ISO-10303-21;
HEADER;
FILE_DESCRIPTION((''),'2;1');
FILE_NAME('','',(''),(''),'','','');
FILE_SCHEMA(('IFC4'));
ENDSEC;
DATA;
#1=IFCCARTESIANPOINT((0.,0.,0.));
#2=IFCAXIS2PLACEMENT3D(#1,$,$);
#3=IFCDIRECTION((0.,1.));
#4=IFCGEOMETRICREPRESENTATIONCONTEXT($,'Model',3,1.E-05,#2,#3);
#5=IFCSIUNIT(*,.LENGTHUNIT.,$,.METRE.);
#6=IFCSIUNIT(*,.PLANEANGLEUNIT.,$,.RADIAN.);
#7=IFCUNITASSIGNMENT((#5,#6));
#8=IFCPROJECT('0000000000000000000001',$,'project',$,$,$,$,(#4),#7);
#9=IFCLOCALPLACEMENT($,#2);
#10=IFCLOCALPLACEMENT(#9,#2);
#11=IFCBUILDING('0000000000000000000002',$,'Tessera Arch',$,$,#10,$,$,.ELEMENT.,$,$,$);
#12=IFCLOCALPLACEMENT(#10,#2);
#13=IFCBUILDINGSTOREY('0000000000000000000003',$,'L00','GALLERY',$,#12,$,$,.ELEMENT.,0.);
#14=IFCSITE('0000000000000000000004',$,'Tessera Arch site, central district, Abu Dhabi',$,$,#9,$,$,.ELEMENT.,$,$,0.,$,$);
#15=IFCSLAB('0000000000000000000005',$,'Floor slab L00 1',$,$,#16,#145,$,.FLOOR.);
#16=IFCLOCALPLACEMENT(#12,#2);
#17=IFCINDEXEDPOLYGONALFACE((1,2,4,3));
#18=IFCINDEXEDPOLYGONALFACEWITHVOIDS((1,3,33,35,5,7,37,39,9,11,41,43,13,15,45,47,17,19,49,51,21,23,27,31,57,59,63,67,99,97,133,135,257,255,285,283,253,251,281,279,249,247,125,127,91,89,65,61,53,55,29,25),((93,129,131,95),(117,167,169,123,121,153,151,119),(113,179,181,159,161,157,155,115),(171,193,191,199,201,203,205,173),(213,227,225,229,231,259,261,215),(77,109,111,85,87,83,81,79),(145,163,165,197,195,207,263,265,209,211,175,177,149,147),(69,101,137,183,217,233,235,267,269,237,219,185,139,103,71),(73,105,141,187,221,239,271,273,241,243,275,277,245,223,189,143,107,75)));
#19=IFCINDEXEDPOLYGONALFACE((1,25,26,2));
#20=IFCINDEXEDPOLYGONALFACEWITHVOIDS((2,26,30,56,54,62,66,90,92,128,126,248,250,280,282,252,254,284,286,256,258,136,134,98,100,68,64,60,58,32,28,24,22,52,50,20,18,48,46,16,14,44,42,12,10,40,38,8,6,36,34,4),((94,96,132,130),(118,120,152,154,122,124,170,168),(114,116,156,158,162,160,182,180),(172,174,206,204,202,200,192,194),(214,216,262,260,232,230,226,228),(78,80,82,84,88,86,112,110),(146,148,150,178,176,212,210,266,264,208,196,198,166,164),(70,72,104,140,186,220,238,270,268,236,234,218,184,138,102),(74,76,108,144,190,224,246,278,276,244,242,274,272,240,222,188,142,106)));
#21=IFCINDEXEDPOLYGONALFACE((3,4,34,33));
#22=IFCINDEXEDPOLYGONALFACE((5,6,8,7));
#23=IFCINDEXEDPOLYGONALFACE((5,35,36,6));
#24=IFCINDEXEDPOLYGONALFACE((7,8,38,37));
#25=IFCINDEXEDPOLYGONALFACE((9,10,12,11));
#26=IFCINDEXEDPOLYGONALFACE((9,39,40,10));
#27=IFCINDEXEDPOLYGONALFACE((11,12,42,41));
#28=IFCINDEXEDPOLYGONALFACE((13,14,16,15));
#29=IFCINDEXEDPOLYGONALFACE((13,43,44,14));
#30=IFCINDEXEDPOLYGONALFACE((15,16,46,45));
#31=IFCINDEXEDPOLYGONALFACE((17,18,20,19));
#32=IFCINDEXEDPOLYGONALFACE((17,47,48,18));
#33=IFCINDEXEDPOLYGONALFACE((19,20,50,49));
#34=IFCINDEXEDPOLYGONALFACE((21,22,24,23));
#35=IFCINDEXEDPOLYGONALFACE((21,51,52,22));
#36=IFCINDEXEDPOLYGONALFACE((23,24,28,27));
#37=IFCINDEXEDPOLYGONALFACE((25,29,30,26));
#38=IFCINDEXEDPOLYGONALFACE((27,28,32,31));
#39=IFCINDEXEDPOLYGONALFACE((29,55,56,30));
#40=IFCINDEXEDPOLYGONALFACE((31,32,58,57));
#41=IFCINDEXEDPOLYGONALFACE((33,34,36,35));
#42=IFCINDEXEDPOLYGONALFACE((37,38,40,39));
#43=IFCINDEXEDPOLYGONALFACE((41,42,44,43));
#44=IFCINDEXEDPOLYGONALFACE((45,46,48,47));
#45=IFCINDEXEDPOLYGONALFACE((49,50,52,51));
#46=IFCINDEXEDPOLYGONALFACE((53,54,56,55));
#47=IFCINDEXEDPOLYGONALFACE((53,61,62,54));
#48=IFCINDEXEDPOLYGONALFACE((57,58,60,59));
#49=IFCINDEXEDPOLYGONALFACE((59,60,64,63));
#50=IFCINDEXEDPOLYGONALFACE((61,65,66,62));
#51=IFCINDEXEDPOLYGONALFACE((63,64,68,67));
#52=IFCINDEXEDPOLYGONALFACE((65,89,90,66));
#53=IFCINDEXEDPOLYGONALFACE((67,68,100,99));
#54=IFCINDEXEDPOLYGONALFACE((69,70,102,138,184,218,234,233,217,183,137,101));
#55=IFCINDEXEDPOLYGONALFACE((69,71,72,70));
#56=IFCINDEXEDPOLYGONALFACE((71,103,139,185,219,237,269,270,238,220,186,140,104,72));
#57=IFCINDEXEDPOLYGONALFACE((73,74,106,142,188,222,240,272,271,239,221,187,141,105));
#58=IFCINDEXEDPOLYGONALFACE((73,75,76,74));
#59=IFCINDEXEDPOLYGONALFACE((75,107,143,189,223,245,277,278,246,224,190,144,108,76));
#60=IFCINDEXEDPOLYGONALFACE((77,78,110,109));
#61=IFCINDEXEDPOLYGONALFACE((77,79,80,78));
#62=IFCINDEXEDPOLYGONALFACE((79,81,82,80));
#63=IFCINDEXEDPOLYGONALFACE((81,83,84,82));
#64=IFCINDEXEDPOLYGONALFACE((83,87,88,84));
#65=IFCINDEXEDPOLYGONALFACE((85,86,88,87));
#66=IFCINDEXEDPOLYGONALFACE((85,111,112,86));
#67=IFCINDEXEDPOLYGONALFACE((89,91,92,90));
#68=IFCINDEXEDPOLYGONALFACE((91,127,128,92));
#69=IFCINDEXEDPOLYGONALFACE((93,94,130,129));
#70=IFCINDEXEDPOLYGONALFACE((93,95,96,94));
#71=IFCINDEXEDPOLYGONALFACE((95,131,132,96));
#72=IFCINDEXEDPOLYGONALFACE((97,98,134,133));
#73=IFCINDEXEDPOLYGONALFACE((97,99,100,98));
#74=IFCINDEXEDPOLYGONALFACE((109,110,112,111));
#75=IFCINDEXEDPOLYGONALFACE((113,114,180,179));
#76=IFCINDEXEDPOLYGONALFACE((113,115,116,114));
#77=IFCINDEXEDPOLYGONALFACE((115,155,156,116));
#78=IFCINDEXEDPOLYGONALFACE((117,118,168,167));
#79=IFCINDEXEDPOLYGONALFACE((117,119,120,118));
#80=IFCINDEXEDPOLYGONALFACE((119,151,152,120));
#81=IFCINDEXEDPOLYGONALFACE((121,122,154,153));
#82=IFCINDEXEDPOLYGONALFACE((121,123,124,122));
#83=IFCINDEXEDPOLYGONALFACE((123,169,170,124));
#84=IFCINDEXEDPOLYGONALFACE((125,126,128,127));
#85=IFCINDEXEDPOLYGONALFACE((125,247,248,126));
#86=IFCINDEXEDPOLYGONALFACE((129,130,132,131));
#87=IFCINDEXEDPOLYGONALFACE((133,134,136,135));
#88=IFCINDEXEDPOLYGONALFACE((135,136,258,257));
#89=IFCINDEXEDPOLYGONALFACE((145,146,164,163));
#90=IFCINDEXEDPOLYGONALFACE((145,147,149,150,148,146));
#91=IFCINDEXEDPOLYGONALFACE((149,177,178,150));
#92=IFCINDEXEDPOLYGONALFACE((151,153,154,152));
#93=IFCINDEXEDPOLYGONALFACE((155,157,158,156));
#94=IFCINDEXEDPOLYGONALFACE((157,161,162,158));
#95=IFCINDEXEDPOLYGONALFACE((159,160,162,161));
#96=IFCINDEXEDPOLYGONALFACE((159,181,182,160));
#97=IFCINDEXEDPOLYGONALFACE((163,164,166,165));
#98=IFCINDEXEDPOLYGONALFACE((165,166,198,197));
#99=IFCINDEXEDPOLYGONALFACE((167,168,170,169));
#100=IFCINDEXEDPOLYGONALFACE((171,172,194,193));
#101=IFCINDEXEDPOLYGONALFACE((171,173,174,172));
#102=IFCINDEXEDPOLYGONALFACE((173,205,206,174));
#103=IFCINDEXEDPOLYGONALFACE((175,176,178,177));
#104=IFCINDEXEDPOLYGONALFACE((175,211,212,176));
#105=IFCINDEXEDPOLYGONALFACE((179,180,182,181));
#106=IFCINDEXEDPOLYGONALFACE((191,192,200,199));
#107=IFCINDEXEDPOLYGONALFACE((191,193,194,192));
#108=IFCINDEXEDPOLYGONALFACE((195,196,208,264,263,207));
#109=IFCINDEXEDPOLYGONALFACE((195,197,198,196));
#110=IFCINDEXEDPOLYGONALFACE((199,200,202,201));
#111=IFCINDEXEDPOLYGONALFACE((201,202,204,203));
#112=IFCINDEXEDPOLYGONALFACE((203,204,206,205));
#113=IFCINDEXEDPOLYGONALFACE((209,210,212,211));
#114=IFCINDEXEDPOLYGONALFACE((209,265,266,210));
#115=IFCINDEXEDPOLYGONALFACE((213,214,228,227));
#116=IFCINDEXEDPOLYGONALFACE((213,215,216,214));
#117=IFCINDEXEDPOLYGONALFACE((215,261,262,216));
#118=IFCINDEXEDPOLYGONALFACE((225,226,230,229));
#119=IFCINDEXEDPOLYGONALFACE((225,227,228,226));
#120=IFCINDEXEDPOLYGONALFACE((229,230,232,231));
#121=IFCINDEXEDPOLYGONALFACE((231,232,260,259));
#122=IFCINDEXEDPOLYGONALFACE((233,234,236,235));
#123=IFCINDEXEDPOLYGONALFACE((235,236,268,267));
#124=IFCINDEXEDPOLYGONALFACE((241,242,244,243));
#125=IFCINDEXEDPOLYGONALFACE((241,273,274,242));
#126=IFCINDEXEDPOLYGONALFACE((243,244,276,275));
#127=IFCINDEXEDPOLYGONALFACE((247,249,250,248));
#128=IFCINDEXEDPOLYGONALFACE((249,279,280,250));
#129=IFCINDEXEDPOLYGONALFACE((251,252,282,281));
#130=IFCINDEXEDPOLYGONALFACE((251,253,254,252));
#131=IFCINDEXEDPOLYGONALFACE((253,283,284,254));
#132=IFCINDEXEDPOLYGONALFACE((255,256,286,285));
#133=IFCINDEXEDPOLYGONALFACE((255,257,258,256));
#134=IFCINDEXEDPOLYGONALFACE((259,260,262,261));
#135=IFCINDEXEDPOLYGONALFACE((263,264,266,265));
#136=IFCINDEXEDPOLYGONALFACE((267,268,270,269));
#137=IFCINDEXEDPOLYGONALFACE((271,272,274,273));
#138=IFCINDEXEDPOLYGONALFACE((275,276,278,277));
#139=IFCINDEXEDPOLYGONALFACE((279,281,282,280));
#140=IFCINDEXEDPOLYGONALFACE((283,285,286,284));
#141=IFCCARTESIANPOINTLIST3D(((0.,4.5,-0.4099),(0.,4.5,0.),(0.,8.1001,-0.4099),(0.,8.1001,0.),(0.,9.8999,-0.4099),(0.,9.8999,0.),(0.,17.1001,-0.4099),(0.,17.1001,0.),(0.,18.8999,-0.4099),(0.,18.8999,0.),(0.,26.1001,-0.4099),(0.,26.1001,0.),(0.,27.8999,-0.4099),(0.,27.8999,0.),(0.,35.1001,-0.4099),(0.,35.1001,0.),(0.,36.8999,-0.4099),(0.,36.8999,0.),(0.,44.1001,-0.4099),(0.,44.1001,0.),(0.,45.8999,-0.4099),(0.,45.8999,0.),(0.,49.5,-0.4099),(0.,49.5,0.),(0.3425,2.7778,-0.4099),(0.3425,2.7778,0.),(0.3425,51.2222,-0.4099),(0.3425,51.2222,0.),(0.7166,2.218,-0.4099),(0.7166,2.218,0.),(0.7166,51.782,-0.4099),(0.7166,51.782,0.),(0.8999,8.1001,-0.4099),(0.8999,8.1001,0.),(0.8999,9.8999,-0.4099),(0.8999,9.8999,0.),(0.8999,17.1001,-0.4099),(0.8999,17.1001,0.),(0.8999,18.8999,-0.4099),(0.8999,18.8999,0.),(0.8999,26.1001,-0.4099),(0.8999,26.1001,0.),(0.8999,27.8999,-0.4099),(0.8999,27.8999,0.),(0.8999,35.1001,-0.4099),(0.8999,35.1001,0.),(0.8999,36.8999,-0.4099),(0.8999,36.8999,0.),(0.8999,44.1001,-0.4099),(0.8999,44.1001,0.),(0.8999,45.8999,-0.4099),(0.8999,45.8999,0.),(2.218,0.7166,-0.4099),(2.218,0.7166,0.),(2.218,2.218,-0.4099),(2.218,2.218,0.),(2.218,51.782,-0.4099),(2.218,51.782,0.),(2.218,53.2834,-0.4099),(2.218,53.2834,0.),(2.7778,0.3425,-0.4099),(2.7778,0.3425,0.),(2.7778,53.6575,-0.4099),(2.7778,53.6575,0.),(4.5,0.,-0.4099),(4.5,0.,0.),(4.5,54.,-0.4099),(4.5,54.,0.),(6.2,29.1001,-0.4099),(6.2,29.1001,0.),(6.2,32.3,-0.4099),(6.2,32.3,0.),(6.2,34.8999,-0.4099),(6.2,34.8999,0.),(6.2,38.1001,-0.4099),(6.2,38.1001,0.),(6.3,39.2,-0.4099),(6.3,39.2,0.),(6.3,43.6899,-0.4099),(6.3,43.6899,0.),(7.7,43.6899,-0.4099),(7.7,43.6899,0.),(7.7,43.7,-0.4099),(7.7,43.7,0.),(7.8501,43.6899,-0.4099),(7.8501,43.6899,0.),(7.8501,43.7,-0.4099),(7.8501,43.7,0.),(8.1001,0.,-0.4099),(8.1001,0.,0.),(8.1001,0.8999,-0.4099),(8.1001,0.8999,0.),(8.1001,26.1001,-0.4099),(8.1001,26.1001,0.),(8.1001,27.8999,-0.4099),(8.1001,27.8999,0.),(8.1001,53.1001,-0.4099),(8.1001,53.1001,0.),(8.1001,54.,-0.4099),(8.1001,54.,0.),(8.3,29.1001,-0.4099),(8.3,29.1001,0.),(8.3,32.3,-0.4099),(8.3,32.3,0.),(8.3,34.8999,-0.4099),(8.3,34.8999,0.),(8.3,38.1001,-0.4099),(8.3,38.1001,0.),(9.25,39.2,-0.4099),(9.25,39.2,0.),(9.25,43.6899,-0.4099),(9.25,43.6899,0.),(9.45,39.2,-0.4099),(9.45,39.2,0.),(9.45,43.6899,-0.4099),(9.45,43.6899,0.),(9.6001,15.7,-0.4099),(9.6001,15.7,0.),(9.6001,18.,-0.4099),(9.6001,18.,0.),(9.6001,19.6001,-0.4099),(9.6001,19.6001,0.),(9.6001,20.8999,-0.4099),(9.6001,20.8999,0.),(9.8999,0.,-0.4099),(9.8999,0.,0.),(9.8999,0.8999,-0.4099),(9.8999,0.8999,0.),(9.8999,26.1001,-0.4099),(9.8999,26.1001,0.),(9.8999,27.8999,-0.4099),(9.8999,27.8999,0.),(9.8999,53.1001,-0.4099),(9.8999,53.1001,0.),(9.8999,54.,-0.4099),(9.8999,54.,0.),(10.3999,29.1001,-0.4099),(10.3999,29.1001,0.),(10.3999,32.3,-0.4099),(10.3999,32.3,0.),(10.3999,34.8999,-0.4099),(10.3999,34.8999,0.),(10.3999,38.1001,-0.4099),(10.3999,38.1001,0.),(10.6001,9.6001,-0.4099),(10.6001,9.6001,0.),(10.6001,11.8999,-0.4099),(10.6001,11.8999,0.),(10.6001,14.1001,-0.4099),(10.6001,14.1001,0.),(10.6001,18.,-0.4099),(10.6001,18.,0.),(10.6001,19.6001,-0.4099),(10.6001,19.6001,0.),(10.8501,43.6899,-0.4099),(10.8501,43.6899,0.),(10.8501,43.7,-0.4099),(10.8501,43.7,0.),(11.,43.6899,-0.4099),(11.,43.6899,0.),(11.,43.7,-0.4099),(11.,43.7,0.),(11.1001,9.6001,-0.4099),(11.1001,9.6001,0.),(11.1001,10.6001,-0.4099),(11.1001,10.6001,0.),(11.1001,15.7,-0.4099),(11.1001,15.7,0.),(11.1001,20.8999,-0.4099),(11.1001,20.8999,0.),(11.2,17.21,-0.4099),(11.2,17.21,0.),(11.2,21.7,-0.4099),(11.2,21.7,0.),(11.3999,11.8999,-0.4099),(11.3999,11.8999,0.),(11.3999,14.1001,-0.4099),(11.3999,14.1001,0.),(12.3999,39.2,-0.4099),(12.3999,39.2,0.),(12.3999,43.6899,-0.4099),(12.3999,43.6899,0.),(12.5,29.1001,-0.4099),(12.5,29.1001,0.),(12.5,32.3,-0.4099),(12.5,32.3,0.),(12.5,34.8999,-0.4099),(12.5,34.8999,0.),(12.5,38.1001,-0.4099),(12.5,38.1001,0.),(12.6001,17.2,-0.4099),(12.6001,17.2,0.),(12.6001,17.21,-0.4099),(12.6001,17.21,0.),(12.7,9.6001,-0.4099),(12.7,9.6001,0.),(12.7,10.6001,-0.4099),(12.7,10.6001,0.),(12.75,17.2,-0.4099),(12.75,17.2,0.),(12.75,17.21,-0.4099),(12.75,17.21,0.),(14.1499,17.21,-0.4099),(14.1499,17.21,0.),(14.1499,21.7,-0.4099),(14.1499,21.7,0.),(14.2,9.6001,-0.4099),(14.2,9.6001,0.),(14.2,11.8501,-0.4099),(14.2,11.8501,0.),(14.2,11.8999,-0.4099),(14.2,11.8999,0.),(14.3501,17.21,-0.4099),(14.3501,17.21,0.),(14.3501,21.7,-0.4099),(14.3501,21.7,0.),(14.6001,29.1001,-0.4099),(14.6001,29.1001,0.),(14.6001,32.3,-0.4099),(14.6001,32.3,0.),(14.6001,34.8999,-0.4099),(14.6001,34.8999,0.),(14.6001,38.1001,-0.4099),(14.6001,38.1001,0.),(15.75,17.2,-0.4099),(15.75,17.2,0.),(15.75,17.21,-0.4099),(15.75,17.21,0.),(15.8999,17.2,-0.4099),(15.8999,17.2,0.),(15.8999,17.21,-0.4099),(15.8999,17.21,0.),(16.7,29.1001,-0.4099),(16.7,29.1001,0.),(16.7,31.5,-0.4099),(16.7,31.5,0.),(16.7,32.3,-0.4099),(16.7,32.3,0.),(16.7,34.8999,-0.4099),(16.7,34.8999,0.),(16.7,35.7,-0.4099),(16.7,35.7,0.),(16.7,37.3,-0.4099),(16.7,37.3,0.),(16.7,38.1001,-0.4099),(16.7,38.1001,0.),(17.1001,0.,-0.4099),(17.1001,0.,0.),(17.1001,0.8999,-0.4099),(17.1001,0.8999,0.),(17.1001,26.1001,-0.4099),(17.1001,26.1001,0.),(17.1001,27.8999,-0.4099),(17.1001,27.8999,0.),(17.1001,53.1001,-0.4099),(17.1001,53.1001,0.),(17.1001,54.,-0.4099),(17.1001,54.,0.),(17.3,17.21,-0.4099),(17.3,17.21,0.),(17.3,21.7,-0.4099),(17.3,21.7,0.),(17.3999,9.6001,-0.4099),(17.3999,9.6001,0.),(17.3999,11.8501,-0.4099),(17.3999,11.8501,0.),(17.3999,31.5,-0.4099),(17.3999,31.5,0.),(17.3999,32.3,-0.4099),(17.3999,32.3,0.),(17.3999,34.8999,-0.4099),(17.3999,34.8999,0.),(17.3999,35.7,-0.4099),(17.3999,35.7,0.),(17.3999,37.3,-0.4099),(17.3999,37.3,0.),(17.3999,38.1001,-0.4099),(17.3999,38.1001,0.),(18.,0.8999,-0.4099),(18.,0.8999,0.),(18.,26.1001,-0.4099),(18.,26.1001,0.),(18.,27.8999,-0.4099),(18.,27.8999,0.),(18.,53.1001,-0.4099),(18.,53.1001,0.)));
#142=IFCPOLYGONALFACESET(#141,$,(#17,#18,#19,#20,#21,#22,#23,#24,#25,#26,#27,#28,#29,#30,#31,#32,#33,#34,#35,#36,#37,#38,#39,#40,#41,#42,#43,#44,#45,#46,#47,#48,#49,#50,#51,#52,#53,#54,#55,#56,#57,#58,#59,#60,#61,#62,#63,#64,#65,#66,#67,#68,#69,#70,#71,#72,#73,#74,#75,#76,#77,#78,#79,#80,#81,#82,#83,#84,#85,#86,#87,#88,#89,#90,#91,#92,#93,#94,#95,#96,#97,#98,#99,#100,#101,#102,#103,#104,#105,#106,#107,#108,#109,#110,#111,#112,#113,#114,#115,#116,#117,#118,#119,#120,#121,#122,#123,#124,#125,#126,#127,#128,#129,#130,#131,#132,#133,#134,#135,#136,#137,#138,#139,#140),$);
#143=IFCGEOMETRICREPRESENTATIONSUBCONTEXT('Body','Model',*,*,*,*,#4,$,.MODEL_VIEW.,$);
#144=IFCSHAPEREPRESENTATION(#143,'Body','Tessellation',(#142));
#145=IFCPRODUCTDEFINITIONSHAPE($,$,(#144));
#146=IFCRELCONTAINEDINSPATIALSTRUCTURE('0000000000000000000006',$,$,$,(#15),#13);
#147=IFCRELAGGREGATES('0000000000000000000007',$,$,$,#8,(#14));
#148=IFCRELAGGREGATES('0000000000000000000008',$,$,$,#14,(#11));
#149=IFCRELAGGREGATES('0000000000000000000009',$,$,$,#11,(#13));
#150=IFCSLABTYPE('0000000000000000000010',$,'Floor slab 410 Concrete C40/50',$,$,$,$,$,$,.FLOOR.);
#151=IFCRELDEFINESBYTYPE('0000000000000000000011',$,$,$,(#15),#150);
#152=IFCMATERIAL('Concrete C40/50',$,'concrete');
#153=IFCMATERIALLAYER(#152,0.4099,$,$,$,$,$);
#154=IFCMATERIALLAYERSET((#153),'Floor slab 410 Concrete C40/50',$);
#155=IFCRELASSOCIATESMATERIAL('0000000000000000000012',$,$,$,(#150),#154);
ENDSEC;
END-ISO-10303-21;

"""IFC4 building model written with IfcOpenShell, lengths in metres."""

from ifc_helpers import new_model, si_unit, direction, frame, origin, place, context, subcontext, project, spatial, polyline, outline, extrude, material, layer, layer_set, type_object, element, save


model = new_model("IFC4")

# Units and contexts
model_context = context("Model", 3, precision=1e-05, world=origin(), true_north=direction((0.0, 1.0)))
body_context = subcontext(model_context, "Body", "Model", "MODEL_VIEW")
ifc_project = project(units=[si_unit("LENGTHUNIT", "METRE"), si_unit("PLANEANGLEUNIT", "RADIAN")], contexts=[model_context])

# Site, building, storey
site_placement = place(None, origin())
site = spatial("IfcSite", under=ifc_project, at=site_placement, Name="Tessera Arch site, central district, Abu Dhabi", CompositionType="ELEMENT", RefElevation=0.0)
building_placement = place(site_placement, origin())
building = spatial("IfcBuilding", under=site, at=building_placement, Name="Tessera Arch", CompositionType="ELEMENT")
storey_placement = place(building_placement, origin())
storey = spatial("IfcBuildingStorey", under=building, at=storey_placement, Name="L00", Description="GALLERY", CompositionType="ELEMENT", Elevation=0.0)

# Slab
ifc_material_1 = material(Name="Concrete C40/50", Category="concrete")
ifc_layer_1 = layer(ifc_material_1, 0.4099)
ifc_layer_set_1 = layer_set([ifc_layer_1], Name="Floor slab 410 Concrete C40/50")
slab_type_1 = type_object("IfcSlabType", Name="Floor slab 410 Concrete C40/50", PredefinedType="FLOOR", material=ifc_layer_set_1)
slab_1_placement = place(storey_placement, frame((0.0, 0.0, -0.4099)))
element("IfcSlab", 1, at=slab_1_placement, inside=storey, type_object=slab_type_1, Name="Floor slab L00 1", PredefinedType="FLOOR", context=body_context, shape_type="SweptSolid", body=[
    extrude(outline(polyline([(2.7778, 0.3425), (2.218, 0.7166), (2.218, 2.218), (0.7166, 2.218), (0.3425, 2.7778), (0.0, 4.5), (0.0, 8.1001), (0.8999, 8.1001), (0.8999, 9.8999), (0.0, 9.8999), (0.0, 17.1001), (0.8999, 17.1001), (0.8999, 18.8999), (0.0, 18.8999), (0.0, 26.1001), (0.8999, 26.1001), (0.8999, 27.8999), (0.0, 27.8999), (0.0, 35.1001), (0.8999, 35.1001), (0.8999, 36.8999), (0.0, 36.8999), (0.0, 44.1001), (0.8999, 44.1001), (0.8999, 45.8999), (0.0, 45.8999), (0.0, 49.5), (0.3425, 51.2222), (0.7166, 51.782), (2.218, 51.782), (2.218, 53.2834), (2.7778, 53.6575), (4.5, 54.0), (8.1001, 54.0), (8.1001, 53.1001), (9.8999, 53.1001), (9.8999, 54.0), (17.1001, 54.0), (17.1001, 53.1001), (18.0, 53.1001), (18.0, 27.8999), (17.1001, 27.8999), (17.1001, 26.1001), (18.0, 26.1001), (18.0, 0.8999), (17.1001, 0.8999), (17.1001, 0.0), (9.8999, 0.0), (9.8999, 0.8999), (8.1001, 0.8999), (8.1001, 0.0), (4.5, 0.0), (2.7778, 0.3425)]), holes=[polyline([(8.1001, 27.8999), (8.1001, 26.1001), (9.8999, 26.1001), (9.8999, 27.8999), (8.1001, 27.8999)]), polyline([(6.2, 32.3), (6.2, 29.1001), (8.3, 29.1001), (10.3999, 29.1001), (12.5, 29.1001), (14.6001, 29.1001), (16.7, 29.1001), (16.7, 31.5), (17.3999, 31.5), (17.3999, 32.3), (16.7, 32.3), (14.6001, 32.3), (12.5, 32.3), (10.3999, 32.3), (8.3, 32.3), (6.2, 32.3)]), polyline([(10.3999, 34.8999), (12.5, 34.8999), (14.6001, 34.8999), (16.7, 34.8999), (17.3999, 34.8999), (17.3999, 35.7), (16.7, 35.7), (16.7, 37.3), (17.3999, 37.3), (17.3999, 38.1001), (16.7, 38.1001), (14.6001, 38.1001), (12.5, 38.1001), (10.3999, 38.1001), (8.3, 38.1001), (6.2, 38.1001), (6.2, 34.8999), (8.3, 34.8999), (10.3999, 34.8999)]), polyline([(7.8501, 43.6899), (7.8501, 43.7), (7.7, 43.7), (7.7, 43.6899), (6.3, 43.6899), (6.3, 39.2), (9.25, 39.2), (9.25, 43.6899), (7.8501, 43.6899)]), polyline([(12.7, 10.6001), (12.7, 9.6001), (14.2, 9.6001), (17.3999, 9.6001), (17.3999, 11.8501), (14.2, 11.8501), (14.2, 11.8999), (11.3999, 11.8999), (11.3999, 14.1001), (10.6001, 14.1001), (10.6001, 11.8999), (10.6001, 9.6001), (11.1001, 9.6001), (11.1001, 10.6001), (12.7, 10.6001)]), polyline([(9.6001, 19.6001), (10.6001, 19.6001), (10.6001, 18.0), (9.6001, 18.0), (9.6001, 15.7), (11.1001, 15.7), (11.1001, 20.8999), (9.6001, 20.8999), (9.6001, 19.6001)]), polyline([(12.6001, 17.21), (12.6001, 17.2), (12.75, 17.2), (12.75, 17.21), (14.1499, 17.21), (14.1499, 21.7), (11.2, 21.7), (11.2, 17.21), (12.6001, 17.21)]), polyline([(15.75, 17.2), (15.8999, 17.2), (15.8999, 17.21), (17.3, 17.21), (17.3, 21.7), (14.3501, 21.7), (14.3501, 17.21), (15.75, 17.21), (15.75, 17.2)]), polyline([(11.0, 43.7), (10.8501, 43.7), (10.8501, 43.6899), (9.45, 43.6899), (9.45, 39.2), (12.3999, 39.2), (12.3999, 43.6899), (11.0, 43.6899), (11.0, 43.7)])]), origin(), (0.0, 0.0, 1.0), 0.4099),
])

save(model, "model.ifc")
